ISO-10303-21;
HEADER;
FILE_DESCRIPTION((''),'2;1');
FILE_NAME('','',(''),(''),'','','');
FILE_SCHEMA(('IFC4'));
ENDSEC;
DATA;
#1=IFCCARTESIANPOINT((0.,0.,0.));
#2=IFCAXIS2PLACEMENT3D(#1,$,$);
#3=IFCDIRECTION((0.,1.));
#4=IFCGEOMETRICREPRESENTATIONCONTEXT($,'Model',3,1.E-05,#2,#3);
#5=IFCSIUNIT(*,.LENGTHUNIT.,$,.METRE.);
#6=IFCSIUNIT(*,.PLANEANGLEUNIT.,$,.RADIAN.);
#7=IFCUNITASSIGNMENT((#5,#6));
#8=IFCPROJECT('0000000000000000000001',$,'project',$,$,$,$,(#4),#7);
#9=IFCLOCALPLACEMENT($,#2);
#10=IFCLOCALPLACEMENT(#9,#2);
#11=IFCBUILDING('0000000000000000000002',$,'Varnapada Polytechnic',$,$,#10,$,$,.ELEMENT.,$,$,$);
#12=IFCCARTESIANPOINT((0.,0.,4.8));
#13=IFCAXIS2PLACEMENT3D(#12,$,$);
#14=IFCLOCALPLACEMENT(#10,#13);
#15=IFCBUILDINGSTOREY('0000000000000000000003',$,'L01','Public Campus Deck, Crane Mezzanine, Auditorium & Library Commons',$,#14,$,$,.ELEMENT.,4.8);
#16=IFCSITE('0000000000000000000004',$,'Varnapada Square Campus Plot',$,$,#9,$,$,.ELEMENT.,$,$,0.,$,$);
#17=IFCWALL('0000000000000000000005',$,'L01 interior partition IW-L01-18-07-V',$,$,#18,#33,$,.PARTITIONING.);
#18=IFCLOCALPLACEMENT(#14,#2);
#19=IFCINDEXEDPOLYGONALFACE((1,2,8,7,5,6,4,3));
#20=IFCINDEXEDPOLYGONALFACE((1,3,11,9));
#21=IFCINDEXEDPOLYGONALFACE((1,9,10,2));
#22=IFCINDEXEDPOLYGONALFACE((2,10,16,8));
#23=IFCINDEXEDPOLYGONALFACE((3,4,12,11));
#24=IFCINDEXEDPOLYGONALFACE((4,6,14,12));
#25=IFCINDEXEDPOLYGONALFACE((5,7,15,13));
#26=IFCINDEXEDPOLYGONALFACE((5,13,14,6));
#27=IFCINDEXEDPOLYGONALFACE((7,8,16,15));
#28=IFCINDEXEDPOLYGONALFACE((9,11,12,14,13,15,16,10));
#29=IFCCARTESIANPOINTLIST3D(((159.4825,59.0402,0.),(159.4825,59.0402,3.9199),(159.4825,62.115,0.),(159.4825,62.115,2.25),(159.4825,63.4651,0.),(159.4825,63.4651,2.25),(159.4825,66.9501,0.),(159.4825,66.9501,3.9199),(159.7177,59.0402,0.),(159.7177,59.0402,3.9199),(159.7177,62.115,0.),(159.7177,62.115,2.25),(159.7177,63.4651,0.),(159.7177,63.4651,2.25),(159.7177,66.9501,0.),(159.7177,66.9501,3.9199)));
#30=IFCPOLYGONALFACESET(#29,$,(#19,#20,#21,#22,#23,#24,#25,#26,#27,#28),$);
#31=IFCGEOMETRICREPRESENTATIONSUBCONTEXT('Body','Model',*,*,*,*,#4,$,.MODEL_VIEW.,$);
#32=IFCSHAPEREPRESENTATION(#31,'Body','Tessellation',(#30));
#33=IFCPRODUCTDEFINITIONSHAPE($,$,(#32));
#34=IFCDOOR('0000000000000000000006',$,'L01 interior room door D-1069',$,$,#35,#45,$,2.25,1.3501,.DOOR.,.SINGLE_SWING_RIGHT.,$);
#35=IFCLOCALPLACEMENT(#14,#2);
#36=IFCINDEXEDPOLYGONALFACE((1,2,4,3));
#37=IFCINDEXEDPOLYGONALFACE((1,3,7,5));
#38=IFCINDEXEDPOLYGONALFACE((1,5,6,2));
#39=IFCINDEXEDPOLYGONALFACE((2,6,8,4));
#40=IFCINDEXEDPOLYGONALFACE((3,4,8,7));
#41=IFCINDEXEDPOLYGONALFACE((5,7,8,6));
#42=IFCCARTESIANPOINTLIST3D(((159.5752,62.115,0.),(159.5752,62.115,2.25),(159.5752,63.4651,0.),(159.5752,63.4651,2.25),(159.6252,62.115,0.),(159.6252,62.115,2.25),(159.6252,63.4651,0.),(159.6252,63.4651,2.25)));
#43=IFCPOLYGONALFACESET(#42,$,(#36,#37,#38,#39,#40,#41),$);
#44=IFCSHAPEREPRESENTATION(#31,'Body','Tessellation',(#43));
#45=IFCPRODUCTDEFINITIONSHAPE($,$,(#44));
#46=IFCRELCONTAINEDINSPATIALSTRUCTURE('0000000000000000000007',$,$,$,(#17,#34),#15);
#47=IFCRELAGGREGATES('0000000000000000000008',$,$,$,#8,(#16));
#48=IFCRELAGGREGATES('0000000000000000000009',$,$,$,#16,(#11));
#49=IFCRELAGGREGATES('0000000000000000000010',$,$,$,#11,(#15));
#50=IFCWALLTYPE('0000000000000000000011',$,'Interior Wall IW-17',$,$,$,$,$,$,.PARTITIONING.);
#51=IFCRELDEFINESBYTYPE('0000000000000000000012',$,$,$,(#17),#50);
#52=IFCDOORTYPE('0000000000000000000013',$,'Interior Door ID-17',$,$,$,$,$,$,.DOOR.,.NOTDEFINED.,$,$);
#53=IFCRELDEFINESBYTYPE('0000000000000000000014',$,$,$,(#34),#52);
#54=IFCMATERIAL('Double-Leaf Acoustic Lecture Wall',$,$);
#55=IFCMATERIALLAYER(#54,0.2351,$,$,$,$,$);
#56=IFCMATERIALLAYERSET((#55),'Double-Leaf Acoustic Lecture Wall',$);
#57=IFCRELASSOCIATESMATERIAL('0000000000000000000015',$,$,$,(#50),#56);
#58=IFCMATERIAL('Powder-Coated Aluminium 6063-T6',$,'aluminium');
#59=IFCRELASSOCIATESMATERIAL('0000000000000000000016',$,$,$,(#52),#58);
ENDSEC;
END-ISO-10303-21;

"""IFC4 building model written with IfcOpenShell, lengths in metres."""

from ifc_helpers import new_model, si_unit, direction, frame, frame_2d, origin, place, context, subcontext, project, spatial, rectangle, extrude, material, layer, layer_set, type_object, element, fill, save


model = new_model("IFC4")

# Units and contexts
model_context = context("Model", 3, precision=1e-05, world=origin(), true_north=direction((0.0, 1.0)))
body_context = subcontext(model_context, "Body", "Model", "MODEL_VIEW")
ifc_project = project(units=[si_unit("LENGTHUNIT", "METRE"), si_unit("PLANEANGLEUNIT", "RADIAN")], contexts=[model_context])

# Site, building, storey
site_placement = place(None, origin())
site = spatial("IfcSite", under=ifc_project, at=site_placement, Name="Varnapada Square Campus Plot", CompositionType="ELEMENT", RefElevation=0.0)
building_placement = place(site_placement, origin())
building = spatial("IfcBuilding", under=site, at=building_placement, Name="Varnapada Polytechnic", CompositionType="ELEMENT")
storey_placement = place(building_placement, frame((0.0, 0.0, 4.8)))
storey = spatial("IfcBuildingStorey", under=building, at=storey_placement, Name="L01", Description="Public Campus Deck, Crane Mezzanine, Auditorium & Library Commons", CompositionType="ELEMENT", Elevation=4.8)

# Wall, opening, door
ifc_material_1 = material(Name="Double-Leaf Acoustic Lecture Wall")
ifc_layer_1 = layer(ifc_material_1, 0.2351)
ifc_layer_set_1 = layer_set([ifc_layer_1], Name="Double-Leaf Acoustic Lecture Wall")
wall_type = type_object("IfcWallType", Name="Interior Wall IW-17", PredefinedType="PARTITIONING", material=ifc_layer_set_1)
wall_placement = place(storey_placement, frame((159.6001, 59.04, 0.0), z_axis=(0.0, 0.0, 1.0), x_axis=(0.0, 1.0, 0.0)))
wall = element("IfcWall", 1, at=wall_placement, inside=storey, type_object=wall_type, Name="L01 interior partition IW-L01-18-07-V", PredefinedType="PARTITIONING", context=body_context, shape_type="SweptSolid", body=[
    extrude(rectangle(XDim=7.9099, YDim=0.2351, at=frame_2d((3.9551, 0.0))), origin(), (0.0, 0.0, 1.0), 3.9199),
])
opening_1_placement = place(wall_placement, frame((3.075, 0.0, 0.0)))
opening_1 = element("IfcOpeningElement", 2, at=opening_1_placement, cuts=wall, PredefinedType="OPENING", context=body_context, shape_type="SweptSolid", body=[
    extrude(rectangle(XDim=1.3501, YDim=2.25, at=frame_2d((0.675, 1.125))), frame((0.0, 0.1274, 0.0), z_axis=(0.0, -1.0, 0.0), x_axis=(1.0, 0.0, 0.0)), (0.0, 0.0, 1.0), 0.2551),
])
ifc_material_2 = material(Name="Powder-Coated Aluminium 6063-T6", Category="aluminium")
door_type = type_object("IfcDoorType", Name="Interior Door ID-17", OperationType="NOTDEFINED", PredefinedType="DOOR", material=ifc_material_2)
door_placement = place(opening_1_placement, origin())
door = element("IfcDoor", 3, at=door_placement, inside=storey, type_object=door_type, Name="L01 interior room door D-1069", OperationType="SINGLE_SWING_RIGHT", OverallHeight=2.25, OverallWidth=1.3501, PredefinedType="DOOR", context=body_context, shape_type="SweptSolid", body=[
    extrude(rectangle(XDim=1.3501, YDim=2.25, at=frame_2d((0.675, 1.125))), frame((0.0, 0.0249, 0.0), z_axis=(0.0, -1.0, 0.0), x_axis=(1.0, 0.0, 0.0)), (0.0, 0.0, 1.0), 0.05),
])
fill(opening_1, door)

save(model, "model.ifc")
